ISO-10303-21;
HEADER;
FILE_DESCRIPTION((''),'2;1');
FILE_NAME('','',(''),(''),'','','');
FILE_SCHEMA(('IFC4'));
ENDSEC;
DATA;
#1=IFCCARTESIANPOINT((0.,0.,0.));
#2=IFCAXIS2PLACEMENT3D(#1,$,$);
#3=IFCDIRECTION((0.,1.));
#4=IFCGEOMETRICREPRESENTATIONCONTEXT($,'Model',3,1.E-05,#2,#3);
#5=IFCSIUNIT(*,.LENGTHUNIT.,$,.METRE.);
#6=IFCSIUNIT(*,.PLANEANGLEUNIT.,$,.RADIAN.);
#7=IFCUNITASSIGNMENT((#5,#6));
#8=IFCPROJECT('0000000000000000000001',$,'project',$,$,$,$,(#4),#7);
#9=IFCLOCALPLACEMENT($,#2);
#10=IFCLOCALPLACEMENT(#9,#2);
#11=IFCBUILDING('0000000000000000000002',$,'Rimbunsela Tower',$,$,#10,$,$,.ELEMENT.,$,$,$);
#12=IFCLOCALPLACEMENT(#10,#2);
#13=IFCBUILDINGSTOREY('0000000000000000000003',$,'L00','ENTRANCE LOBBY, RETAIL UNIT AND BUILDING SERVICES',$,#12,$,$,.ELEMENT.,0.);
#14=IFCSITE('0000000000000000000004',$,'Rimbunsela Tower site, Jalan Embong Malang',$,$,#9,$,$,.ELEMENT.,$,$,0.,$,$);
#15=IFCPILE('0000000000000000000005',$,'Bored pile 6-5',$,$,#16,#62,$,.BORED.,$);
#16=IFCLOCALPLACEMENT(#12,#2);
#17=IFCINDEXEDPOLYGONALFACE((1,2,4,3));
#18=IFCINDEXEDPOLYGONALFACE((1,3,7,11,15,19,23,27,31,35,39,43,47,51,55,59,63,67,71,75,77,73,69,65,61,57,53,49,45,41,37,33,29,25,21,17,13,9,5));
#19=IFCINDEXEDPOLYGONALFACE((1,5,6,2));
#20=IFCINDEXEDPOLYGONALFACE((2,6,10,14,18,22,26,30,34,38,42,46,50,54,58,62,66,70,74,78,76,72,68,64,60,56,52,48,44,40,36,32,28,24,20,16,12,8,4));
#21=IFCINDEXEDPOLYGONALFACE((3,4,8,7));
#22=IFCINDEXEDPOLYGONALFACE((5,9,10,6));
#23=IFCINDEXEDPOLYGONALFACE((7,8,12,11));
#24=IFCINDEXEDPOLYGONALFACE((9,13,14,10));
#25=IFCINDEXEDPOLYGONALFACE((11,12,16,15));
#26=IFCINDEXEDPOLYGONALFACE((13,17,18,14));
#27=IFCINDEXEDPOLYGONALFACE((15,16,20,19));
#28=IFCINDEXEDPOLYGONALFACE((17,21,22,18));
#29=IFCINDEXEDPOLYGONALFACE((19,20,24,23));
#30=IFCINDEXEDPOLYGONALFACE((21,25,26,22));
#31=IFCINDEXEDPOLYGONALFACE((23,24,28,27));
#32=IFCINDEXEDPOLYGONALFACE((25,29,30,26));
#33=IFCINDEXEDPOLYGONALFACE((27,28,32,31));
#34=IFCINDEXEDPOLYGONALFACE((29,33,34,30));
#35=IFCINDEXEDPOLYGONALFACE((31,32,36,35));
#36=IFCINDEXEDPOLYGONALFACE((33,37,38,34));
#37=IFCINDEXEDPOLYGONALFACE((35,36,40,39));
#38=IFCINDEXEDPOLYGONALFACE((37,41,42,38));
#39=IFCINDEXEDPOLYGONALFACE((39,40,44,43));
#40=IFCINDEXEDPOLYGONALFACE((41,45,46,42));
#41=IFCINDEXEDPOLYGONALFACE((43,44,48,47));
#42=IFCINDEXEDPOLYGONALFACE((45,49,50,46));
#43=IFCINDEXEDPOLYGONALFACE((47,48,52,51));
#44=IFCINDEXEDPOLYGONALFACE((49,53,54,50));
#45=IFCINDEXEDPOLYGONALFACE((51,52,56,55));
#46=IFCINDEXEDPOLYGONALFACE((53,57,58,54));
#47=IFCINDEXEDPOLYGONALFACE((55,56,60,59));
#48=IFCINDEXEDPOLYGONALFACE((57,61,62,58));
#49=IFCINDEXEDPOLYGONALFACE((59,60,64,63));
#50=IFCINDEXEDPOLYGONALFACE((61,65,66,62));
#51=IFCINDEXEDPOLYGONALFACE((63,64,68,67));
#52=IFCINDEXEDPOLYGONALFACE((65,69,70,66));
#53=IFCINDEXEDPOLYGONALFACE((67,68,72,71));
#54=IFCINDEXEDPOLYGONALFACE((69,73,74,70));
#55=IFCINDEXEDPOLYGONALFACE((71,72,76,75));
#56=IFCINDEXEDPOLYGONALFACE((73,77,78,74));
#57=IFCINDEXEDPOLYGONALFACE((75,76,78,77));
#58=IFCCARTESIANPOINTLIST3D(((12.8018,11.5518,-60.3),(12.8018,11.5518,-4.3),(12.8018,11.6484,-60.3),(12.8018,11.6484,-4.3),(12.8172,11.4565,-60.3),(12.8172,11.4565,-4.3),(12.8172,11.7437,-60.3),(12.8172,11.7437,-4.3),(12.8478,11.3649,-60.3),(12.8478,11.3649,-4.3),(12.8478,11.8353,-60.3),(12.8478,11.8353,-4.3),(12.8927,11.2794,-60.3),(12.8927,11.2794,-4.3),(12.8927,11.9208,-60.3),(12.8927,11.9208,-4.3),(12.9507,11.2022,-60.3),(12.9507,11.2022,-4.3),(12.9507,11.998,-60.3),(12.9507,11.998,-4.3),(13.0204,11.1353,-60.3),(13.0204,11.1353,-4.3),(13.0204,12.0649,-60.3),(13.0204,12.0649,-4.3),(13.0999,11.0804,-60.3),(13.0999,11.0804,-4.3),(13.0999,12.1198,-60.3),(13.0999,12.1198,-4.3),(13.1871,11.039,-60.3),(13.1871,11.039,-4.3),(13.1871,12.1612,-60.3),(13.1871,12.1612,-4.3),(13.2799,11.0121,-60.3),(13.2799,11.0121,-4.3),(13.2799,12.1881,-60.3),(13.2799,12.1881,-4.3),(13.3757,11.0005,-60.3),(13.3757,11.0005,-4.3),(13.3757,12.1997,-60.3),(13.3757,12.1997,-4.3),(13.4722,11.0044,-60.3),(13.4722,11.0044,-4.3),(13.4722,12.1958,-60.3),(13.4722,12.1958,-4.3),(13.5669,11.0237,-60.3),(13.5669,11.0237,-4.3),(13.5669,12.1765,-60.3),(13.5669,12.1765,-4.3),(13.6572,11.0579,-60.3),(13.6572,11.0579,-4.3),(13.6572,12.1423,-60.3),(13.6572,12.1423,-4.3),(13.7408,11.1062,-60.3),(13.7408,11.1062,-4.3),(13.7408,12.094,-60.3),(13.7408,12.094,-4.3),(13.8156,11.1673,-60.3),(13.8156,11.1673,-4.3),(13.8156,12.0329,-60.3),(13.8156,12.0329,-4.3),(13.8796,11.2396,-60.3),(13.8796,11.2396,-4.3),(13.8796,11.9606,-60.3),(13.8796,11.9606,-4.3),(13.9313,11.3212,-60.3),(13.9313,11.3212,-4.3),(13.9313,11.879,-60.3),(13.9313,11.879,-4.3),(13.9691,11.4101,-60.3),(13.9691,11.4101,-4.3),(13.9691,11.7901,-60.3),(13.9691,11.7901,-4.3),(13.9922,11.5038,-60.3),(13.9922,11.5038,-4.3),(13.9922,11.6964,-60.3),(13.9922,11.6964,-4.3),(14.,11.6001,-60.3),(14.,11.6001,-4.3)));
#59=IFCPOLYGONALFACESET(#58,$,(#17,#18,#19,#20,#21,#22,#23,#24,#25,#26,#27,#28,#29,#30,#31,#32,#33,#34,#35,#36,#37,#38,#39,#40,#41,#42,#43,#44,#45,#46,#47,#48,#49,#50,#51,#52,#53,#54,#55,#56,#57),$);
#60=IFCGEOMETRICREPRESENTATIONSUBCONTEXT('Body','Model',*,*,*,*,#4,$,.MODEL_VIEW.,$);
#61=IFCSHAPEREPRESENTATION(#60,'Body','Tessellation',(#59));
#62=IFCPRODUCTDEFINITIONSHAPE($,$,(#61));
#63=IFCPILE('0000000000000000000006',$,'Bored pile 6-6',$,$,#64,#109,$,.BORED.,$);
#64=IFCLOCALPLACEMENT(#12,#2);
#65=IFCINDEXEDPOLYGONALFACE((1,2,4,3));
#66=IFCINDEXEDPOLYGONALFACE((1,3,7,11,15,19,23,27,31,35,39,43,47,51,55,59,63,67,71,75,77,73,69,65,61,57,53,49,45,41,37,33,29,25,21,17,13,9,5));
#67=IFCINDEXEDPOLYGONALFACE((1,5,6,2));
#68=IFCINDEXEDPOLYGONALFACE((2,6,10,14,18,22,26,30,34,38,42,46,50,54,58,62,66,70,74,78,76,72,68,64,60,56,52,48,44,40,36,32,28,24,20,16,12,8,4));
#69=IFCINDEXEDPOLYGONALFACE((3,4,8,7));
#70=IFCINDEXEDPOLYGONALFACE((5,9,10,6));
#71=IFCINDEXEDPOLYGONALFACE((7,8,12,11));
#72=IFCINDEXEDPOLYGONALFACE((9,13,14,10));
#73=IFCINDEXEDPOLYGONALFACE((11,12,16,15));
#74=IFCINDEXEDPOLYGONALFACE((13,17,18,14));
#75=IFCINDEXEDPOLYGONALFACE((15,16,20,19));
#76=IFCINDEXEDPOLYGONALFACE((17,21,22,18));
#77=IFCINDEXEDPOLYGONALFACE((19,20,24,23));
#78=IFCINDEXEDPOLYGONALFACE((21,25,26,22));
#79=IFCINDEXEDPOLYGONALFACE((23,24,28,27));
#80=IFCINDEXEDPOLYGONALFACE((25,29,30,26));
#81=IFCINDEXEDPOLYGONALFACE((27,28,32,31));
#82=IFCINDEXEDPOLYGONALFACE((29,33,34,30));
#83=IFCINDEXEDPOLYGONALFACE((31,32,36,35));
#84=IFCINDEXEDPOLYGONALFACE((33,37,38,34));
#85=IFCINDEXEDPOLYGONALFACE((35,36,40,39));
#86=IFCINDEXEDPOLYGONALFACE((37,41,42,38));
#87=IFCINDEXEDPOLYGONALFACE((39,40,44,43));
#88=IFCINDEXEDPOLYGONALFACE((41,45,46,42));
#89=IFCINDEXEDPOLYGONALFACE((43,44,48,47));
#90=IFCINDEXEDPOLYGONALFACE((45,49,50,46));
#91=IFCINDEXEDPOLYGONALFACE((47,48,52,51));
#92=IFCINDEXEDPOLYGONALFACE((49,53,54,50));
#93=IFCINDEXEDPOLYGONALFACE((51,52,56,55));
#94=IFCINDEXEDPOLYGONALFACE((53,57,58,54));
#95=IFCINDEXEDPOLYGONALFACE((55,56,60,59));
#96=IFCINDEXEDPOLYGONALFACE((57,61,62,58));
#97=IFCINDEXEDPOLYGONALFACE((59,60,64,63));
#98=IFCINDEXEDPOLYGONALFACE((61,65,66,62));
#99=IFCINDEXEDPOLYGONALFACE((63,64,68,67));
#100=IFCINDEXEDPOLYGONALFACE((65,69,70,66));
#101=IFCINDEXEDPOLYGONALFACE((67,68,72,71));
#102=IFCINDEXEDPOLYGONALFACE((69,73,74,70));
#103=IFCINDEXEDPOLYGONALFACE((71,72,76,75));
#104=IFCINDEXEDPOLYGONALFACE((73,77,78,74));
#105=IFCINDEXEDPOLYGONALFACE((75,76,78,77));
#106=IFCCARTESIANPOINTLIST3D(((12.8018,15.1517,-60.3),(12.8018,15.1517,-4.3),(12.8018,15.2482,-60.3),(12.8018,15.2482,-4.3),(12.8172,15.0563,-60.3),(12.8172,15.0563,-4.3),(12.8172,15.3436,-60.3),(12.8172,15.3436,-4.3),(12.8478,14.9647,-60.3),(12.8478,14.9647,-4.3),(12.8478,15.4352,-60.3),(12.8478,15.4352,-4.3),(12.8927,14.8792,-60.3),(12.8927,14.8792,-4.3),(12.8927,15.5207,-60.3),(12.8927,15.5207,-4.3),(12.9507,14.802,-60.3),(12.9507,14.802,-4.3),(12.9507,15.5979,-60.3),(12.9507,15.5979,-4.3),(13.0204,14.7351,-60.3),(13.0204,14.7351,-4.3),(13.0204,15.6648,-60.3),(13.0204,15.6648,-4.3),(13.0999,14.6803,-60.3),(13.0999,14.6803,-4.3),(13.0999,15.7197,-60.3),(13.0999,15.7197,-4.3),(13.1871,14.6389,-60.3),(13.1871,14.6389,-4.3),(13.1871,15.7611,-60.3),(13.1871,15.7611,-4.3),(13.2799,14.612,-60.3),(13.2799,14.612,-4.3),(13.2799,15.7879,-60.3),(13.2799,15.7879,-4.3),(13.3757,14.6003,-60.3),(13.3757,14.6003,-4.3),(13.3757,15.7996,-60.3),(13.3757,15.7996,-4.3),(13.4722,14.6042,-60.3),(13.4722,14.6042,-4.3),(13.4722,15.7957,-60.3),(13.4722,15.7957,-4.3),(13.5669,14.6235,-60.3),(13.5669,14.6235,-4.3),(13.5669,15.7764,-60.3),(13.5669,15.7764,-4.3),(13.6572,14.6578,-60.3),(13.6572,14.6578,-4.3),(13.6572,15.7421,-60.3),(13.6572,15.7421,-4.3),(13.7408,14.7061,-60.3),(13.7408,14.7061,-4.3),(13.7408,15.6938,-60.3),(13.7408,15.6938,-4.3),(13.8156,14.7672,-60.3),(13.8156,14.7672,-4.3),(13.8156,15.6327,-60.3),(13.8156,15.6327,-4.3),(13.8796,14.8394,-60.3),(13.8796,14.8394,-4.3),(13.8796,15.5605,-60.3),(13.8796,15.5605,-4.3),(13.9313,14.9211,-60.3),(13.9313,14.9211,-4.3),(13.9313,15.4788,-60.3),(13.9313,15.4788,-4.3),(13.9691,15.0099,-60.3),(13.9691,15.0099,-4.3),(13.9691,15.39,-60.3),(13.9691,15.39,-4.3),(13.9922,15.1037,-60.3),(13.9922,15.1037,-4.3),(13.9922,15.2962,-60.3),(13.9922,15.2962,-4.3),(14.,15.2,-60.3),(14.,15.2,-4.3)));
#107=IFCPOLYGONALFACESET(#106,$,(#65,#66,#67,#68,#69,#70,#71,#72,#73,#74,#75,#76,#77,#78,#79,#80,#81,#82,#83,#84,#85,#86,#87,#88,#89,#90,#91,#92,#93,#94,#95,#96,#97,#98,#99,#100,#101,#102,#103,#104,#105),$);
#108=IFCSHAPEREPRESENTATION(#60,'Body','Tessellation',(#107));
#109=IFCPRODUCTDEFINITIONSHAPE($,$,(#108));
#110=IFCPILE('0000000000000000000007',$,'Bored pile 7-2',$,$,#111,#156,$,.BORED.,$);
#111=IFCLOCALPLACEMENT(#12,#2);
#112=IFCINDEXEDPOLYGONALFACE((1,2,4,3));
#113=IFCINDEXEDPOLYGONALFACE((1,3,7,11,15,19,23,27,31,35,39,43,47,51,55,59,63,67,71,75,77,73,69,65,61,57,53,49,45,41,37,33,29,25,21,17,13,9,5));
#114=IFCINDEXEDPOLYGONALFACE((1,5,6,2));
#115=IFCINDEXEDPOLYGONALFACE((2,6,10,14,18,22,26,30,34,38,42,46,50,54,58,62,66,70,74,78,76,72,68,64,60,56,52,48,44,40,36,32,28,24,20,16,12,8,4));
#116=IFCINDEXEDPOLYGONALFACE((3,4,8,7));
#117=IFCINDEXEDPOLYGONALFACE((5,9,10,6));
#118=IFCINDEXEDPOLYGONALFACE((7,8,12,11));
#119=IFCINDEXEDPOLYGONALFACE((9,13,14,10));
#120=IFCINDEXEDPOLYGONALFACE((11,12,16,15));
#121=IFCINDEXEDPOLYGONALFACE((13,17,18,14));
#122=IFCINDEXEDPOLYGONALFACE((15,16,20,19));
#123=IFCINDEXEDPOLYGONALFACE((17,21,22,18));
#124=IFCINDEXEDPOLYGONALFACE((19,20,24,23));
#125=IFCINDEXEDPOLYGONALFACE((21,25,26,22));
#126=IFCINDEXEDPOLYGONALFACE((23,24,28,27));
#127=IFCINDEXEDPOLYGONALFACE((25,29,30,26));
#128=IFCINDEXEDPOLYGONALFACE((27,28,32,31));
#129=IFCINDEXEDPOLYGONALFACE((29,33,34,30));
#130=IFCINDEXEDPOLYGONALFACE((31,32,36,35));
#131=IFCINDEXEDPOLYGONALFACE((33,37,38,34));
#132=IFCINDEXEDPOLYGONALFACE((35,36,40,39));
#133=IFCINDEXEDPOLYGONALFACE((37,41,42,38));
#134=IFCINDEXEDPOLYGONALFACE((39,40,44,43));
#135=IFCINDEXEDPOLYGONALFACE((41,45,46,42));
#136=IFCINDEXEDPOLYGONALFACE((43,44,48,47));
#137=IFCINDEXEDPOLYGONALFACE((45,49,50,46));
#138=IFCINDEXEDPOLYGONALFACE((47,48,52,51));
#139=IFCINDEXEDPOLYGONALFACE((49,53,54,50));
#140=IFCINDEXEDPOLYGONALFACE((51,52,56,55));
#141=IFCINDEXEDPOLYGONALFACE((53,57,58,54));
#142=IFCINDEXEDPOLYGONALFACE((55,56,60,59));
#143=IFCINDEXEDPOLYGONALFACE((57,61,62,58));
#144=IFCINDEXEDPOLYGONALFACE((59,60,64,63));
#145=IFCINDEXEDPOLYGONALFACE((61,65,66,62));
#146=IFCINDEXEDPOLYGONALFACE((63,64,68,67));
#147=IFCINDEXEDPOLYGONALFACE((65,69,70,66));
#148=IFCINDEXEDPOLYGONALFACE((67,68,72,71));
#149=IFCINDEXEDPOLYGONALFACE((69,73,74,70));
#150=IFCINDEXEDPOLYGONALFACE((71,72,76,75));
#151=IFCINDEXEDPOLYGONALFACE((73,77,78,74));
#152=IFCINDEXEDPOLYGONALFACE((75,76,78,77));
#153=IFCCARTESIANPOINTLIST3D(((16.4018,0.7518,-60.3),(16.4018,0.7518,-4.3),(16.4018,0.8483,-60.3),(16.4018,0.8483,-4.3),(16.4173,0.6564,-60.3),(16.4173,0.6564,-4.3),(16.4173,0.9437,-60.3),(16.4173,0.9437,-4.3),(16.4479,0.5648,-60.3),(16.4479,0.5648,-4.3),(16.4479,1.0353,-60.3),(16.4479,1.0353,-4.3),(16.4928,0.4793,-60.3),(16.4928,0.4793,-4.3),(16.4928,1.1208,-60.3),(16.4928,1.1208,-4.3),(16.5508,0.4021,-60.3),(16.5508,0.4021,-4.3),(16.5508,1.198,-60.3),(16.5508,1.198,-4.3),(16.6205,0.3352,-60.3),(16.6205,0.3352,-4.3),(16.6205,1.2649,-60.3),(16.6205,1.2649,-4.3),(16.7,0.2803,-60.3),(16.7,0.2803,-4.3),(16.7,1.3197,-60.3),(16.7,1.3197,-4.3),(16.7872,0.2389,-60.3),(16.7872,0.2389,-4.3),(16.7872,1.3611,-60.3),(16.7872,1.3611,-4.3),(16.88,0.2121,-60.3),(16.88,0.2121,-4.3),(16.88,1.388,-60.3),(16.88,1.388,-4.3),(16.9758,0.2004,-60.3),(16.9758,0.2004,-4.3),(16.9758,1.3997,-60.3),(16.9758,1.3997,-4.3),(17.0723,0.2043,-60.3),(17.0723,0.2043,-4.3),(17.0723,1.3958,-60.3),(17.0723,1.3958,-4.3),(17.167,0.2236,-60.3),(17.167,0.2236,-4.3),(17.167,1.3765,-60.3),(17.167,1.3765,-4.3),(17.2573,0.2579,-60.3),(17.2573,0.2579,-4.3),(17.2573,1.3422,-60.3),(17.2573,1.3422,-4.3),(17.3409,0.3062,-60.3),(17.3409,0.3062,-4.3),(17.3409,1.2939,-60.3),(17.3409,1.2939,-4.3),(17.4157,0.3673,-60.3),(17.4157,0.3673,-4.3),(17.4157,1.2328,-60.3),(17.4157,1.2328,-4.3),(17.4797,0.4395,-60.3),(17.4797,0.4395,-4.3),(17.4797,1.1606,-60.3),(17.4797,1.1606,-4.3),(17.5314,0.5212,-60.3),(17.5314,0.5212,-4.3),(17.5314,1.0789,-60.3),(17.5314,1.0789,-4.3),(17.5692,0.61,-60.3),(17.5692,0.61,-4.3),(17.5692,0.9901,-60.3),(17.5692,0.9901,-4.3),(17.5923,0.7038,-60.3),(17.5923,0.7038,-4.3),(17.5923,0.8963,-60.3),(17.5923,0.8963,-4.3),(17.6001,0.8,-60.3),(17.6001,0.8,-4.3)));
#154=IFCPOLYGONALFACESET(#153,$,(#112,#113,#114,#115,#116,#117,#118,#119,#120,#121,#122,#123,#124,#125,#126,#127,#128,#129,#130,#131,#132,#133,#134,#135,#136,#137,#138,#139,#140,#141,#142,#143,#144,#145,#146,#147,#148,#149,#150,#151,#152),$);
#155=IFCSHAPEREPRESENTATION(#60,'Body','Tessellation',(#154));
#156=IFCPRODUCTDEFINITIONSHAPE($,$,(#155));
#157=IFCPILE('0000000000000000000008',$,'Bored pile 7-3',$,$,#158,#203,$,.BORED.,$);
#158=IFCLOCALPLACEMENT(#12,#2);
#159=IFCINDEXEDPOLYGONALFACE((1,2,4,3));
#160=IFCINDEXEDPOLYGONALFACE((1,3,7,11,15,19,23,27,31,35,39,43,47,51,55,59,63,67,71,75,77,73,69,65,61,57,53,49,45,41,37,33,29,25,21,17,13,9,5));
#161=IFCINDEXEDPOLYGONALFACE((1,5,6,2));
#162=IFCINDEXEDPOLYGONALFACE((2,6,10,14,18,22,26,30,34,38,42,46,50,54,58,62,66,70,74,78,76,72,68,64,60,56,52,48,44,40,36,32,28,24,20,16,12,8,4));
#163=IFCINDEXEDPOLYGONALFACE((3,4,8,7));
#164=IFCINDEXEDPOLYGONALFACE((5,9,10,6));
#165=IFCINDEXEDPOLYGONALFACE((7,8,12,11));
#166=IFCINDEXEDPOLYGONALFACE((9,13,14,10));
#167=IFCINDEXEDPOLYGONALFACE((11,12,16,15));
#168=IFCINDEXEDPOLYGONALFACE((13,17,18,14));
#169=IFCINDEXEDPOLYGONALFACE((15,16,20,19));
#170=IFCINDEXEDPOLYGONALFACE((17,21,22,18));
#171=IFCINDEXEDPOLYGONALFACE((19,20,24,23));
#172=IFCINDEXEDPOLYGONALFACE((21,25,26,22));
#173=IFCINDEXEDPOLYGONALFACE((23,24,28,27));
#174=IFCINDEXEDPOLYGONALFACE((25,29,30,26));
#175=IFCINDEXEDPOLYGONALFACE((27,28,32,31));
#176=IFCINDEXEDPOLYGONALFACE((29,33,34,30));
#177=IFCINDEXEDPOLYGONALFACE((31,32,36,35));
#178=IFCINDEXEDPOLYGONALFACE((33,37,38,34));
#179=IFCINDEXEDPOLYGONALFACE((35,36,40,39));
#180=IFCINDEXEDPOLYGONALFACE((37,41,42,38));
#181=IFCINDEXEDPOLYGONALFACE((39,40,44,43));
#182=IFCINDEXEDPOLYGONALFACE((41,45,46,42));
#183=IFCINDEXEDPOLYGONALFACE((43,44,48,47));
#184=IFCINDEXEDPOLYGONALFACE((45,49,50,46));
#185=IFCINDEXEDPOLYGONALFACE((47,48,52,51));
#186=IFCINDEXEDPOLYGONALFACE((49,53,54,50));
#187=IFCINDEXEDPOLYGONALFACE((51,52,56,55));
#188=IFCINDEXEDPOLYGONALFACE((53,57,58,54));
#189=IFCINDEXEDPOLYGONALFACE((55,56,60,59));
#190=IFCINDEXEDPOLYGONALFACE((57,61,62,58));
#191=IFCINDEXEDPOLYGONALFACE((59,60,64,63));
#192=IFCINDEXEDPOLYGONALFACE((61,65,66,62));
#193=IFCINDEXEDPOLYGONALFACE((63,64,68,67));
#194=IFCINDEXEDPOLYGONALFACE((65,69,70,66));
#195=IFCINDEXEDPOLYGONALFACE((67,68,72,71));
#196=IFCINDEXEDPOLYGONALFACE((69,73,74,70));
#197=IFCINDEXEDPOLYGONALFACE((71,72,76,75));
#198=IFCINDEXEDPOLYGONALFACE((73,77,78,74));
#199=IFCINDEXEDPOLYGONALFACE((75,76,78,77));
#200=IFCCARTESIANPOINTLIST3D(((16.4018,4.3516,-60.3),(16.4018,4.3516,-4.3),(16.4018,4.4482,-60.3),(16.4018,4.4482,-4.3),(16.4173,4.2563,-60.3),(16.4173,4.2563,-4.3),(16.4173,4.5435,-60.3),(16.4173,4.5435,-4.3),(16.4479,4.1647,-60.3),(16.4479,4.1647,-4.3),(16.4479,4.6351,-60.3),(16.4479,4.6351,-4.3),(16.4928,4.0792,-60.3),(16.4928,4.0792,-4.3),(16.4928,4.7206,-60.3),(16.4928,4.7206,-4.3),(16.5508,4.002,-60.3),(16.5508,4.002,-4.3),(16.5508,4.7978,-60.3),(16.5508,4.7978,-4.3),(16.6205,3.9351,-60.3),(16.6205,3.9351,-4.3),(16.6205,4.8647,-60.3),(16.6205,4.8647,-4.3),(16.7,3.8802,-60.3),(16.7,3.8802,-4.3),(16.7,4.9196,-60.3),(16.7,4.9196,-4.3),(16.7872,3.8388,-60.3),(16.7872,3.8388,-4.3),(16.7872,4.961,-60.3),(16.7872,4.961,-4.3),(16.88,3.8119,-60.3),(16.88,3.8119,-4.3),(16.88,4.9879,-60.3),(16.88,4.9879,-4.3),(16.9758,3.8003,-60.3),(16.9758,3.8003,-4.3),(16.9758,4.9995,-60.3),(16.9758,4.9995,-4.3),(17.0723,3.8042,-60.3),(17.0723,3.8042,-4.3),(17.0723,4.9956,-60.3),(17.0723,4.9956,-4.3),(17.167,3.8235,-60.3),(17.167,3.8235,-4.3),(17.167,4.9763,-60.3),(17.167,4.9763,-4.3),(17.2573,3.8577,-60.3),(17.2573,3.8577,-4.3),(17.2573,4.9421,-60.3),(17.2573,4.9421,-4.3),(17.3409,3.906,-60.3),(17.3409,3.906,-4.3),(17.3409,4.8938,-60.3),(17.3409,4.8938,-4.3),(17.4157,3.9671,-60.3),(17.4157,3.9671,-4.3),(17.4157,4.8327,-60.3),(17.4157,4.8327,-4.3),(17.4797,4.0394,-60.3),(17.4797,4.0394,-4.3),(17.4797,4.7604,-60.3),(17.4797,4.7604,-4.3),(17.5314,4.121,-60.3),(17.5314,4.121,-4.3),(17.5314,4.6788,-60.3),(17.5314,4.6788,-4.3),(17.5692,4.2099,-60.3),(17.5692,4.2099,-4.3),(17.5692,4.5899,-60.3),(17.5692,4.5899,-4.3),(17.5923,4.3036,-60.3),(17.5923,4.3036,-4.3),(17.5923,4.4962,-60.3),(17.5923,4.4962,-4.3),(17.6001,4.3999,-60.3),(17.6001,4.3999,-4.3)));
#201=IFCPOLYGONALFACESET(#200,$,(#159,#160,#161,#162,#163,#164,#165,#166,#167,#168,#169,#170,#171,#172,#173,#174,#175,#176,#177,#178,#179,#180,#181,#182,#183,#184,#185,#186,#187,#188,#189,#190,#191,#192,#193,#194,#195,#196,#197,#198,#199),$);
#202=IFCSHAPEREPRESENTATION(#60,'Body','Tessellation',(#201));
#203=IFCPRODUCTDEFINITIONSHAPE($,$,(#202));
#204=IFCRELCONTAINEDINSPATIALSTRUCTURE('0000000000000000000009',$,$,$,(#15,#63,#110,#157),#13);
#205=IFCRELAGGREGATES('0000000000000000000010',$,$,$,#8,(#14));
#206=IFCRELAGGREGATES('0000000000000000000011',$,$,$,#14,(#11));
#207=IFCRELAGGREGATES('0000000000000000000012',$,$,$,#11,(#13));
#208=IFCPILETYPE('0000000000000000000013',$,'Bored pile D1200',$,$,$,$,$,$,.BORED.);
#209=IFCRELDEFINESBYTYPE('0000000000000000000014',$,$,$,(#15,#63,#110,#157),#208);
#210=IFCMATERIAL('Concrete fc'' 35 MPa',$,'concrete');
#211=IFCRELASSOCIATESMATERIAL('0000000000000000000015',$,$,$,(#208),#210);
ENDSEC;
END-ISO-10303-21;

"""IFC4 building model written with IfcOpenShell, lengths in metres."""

from ifc_helpers import new_model, si_unit, direction, frame, origin, origin_2d, place, context, subcontext, project, spatial, circle, extrude, material, material_profile, profile_set, type_object, element, save


model = new_model("IFC4")

# Units and contexts
model_context = context("Model", 3, precision=1e-05, world=origin(), true_north=direction((0.0, 1.0)))
body_context = subcontext(model_context, "Body", "Model", "MODEL_VIEW")
ifc_project = project(units=[si_unit("LENGTHUNIT", "METRE"), si_unit("PLANEANGLEUNIT", "RADIAN")], contexts=[model_context])

# Site, building, storey
site_placement = place(None, origin())
site = spatial("IfcSite", under=ifc_project, at=site_placement, Name="Rimbunsela Tower site, Jalan Embong Malang", CompositionType="ELEMENT", RefElevation=0.0)
building_placement = place(site_placement, origin())
building = spatial("IfcBuilding", under=site, at=building_placement, Name="Rimbunsela Tower", CompositionType="ELEMENT")
storey_placement = place(building_placement, origin())
storey = spatial("IfcBuildingStorey", under=building, at=storey_placement, Name="L00", Description="ENTRANCE LOBBY, RETAIL UNIT AND BUILDING SERVICES", CompositionType="ELEMENT", Elevation=0.0)

# Piles
ifc_material_1 = material(Name="Concrete fc' 35 MPa", Category="concrete")
ifc_material_profile_1 = material_profile(ifc_material_1, circle(Radius=0.6001, at=origin_2d()), Name="BP D1200")
ifc_profile_set_1 = profile_set([ifc_material_profile_1], Name="Concrete fc' 35 MPa")
pile_type = type_object("IfcPileType", Name="Bored pile D1200", PredefinedType="BORED", material=ifc_profile_set_1)
for number, where, z_axis, x_axis, name in (
    (1, (13.3999, 11.6001, -4.3), (0.0, 0.0, -1.0), (1.0, 0.0, 0.0), "Bored pile 6-5"),
    (2, (13.3999, 15.2, -4.3), (0.0, 0.0, -1.0), (1.0, 0.0, 0.0), "Bored pile 6-6"),
    (3, (17.0, 0.8, -4.3), (0.0, 0.0, -1.0), (1.0, 0.0, 0.0), "Bored pile 7-2"),
    (4, (17.0, 4.3999, -4.3), (0.0, 0.0, -1.0), (1.0, 0.0, 0.0), "Bored pile 7-3"),
):
    element("IfcPile", number, at=place(storey_placement, frame(where, z_axis=z_axis, x_axis=x_axis)), inside=storey, type_object=pile_type, Name=name, PredefinedType="BORED", context=body_context, shape_type="SweptSolid", body=[
        extrude(circle(Radius=0.6001, at=origin_2d()), origin(), (0.0, 0.0, 1.0), 56.0),
    ])

save(model, "model.ifc")
